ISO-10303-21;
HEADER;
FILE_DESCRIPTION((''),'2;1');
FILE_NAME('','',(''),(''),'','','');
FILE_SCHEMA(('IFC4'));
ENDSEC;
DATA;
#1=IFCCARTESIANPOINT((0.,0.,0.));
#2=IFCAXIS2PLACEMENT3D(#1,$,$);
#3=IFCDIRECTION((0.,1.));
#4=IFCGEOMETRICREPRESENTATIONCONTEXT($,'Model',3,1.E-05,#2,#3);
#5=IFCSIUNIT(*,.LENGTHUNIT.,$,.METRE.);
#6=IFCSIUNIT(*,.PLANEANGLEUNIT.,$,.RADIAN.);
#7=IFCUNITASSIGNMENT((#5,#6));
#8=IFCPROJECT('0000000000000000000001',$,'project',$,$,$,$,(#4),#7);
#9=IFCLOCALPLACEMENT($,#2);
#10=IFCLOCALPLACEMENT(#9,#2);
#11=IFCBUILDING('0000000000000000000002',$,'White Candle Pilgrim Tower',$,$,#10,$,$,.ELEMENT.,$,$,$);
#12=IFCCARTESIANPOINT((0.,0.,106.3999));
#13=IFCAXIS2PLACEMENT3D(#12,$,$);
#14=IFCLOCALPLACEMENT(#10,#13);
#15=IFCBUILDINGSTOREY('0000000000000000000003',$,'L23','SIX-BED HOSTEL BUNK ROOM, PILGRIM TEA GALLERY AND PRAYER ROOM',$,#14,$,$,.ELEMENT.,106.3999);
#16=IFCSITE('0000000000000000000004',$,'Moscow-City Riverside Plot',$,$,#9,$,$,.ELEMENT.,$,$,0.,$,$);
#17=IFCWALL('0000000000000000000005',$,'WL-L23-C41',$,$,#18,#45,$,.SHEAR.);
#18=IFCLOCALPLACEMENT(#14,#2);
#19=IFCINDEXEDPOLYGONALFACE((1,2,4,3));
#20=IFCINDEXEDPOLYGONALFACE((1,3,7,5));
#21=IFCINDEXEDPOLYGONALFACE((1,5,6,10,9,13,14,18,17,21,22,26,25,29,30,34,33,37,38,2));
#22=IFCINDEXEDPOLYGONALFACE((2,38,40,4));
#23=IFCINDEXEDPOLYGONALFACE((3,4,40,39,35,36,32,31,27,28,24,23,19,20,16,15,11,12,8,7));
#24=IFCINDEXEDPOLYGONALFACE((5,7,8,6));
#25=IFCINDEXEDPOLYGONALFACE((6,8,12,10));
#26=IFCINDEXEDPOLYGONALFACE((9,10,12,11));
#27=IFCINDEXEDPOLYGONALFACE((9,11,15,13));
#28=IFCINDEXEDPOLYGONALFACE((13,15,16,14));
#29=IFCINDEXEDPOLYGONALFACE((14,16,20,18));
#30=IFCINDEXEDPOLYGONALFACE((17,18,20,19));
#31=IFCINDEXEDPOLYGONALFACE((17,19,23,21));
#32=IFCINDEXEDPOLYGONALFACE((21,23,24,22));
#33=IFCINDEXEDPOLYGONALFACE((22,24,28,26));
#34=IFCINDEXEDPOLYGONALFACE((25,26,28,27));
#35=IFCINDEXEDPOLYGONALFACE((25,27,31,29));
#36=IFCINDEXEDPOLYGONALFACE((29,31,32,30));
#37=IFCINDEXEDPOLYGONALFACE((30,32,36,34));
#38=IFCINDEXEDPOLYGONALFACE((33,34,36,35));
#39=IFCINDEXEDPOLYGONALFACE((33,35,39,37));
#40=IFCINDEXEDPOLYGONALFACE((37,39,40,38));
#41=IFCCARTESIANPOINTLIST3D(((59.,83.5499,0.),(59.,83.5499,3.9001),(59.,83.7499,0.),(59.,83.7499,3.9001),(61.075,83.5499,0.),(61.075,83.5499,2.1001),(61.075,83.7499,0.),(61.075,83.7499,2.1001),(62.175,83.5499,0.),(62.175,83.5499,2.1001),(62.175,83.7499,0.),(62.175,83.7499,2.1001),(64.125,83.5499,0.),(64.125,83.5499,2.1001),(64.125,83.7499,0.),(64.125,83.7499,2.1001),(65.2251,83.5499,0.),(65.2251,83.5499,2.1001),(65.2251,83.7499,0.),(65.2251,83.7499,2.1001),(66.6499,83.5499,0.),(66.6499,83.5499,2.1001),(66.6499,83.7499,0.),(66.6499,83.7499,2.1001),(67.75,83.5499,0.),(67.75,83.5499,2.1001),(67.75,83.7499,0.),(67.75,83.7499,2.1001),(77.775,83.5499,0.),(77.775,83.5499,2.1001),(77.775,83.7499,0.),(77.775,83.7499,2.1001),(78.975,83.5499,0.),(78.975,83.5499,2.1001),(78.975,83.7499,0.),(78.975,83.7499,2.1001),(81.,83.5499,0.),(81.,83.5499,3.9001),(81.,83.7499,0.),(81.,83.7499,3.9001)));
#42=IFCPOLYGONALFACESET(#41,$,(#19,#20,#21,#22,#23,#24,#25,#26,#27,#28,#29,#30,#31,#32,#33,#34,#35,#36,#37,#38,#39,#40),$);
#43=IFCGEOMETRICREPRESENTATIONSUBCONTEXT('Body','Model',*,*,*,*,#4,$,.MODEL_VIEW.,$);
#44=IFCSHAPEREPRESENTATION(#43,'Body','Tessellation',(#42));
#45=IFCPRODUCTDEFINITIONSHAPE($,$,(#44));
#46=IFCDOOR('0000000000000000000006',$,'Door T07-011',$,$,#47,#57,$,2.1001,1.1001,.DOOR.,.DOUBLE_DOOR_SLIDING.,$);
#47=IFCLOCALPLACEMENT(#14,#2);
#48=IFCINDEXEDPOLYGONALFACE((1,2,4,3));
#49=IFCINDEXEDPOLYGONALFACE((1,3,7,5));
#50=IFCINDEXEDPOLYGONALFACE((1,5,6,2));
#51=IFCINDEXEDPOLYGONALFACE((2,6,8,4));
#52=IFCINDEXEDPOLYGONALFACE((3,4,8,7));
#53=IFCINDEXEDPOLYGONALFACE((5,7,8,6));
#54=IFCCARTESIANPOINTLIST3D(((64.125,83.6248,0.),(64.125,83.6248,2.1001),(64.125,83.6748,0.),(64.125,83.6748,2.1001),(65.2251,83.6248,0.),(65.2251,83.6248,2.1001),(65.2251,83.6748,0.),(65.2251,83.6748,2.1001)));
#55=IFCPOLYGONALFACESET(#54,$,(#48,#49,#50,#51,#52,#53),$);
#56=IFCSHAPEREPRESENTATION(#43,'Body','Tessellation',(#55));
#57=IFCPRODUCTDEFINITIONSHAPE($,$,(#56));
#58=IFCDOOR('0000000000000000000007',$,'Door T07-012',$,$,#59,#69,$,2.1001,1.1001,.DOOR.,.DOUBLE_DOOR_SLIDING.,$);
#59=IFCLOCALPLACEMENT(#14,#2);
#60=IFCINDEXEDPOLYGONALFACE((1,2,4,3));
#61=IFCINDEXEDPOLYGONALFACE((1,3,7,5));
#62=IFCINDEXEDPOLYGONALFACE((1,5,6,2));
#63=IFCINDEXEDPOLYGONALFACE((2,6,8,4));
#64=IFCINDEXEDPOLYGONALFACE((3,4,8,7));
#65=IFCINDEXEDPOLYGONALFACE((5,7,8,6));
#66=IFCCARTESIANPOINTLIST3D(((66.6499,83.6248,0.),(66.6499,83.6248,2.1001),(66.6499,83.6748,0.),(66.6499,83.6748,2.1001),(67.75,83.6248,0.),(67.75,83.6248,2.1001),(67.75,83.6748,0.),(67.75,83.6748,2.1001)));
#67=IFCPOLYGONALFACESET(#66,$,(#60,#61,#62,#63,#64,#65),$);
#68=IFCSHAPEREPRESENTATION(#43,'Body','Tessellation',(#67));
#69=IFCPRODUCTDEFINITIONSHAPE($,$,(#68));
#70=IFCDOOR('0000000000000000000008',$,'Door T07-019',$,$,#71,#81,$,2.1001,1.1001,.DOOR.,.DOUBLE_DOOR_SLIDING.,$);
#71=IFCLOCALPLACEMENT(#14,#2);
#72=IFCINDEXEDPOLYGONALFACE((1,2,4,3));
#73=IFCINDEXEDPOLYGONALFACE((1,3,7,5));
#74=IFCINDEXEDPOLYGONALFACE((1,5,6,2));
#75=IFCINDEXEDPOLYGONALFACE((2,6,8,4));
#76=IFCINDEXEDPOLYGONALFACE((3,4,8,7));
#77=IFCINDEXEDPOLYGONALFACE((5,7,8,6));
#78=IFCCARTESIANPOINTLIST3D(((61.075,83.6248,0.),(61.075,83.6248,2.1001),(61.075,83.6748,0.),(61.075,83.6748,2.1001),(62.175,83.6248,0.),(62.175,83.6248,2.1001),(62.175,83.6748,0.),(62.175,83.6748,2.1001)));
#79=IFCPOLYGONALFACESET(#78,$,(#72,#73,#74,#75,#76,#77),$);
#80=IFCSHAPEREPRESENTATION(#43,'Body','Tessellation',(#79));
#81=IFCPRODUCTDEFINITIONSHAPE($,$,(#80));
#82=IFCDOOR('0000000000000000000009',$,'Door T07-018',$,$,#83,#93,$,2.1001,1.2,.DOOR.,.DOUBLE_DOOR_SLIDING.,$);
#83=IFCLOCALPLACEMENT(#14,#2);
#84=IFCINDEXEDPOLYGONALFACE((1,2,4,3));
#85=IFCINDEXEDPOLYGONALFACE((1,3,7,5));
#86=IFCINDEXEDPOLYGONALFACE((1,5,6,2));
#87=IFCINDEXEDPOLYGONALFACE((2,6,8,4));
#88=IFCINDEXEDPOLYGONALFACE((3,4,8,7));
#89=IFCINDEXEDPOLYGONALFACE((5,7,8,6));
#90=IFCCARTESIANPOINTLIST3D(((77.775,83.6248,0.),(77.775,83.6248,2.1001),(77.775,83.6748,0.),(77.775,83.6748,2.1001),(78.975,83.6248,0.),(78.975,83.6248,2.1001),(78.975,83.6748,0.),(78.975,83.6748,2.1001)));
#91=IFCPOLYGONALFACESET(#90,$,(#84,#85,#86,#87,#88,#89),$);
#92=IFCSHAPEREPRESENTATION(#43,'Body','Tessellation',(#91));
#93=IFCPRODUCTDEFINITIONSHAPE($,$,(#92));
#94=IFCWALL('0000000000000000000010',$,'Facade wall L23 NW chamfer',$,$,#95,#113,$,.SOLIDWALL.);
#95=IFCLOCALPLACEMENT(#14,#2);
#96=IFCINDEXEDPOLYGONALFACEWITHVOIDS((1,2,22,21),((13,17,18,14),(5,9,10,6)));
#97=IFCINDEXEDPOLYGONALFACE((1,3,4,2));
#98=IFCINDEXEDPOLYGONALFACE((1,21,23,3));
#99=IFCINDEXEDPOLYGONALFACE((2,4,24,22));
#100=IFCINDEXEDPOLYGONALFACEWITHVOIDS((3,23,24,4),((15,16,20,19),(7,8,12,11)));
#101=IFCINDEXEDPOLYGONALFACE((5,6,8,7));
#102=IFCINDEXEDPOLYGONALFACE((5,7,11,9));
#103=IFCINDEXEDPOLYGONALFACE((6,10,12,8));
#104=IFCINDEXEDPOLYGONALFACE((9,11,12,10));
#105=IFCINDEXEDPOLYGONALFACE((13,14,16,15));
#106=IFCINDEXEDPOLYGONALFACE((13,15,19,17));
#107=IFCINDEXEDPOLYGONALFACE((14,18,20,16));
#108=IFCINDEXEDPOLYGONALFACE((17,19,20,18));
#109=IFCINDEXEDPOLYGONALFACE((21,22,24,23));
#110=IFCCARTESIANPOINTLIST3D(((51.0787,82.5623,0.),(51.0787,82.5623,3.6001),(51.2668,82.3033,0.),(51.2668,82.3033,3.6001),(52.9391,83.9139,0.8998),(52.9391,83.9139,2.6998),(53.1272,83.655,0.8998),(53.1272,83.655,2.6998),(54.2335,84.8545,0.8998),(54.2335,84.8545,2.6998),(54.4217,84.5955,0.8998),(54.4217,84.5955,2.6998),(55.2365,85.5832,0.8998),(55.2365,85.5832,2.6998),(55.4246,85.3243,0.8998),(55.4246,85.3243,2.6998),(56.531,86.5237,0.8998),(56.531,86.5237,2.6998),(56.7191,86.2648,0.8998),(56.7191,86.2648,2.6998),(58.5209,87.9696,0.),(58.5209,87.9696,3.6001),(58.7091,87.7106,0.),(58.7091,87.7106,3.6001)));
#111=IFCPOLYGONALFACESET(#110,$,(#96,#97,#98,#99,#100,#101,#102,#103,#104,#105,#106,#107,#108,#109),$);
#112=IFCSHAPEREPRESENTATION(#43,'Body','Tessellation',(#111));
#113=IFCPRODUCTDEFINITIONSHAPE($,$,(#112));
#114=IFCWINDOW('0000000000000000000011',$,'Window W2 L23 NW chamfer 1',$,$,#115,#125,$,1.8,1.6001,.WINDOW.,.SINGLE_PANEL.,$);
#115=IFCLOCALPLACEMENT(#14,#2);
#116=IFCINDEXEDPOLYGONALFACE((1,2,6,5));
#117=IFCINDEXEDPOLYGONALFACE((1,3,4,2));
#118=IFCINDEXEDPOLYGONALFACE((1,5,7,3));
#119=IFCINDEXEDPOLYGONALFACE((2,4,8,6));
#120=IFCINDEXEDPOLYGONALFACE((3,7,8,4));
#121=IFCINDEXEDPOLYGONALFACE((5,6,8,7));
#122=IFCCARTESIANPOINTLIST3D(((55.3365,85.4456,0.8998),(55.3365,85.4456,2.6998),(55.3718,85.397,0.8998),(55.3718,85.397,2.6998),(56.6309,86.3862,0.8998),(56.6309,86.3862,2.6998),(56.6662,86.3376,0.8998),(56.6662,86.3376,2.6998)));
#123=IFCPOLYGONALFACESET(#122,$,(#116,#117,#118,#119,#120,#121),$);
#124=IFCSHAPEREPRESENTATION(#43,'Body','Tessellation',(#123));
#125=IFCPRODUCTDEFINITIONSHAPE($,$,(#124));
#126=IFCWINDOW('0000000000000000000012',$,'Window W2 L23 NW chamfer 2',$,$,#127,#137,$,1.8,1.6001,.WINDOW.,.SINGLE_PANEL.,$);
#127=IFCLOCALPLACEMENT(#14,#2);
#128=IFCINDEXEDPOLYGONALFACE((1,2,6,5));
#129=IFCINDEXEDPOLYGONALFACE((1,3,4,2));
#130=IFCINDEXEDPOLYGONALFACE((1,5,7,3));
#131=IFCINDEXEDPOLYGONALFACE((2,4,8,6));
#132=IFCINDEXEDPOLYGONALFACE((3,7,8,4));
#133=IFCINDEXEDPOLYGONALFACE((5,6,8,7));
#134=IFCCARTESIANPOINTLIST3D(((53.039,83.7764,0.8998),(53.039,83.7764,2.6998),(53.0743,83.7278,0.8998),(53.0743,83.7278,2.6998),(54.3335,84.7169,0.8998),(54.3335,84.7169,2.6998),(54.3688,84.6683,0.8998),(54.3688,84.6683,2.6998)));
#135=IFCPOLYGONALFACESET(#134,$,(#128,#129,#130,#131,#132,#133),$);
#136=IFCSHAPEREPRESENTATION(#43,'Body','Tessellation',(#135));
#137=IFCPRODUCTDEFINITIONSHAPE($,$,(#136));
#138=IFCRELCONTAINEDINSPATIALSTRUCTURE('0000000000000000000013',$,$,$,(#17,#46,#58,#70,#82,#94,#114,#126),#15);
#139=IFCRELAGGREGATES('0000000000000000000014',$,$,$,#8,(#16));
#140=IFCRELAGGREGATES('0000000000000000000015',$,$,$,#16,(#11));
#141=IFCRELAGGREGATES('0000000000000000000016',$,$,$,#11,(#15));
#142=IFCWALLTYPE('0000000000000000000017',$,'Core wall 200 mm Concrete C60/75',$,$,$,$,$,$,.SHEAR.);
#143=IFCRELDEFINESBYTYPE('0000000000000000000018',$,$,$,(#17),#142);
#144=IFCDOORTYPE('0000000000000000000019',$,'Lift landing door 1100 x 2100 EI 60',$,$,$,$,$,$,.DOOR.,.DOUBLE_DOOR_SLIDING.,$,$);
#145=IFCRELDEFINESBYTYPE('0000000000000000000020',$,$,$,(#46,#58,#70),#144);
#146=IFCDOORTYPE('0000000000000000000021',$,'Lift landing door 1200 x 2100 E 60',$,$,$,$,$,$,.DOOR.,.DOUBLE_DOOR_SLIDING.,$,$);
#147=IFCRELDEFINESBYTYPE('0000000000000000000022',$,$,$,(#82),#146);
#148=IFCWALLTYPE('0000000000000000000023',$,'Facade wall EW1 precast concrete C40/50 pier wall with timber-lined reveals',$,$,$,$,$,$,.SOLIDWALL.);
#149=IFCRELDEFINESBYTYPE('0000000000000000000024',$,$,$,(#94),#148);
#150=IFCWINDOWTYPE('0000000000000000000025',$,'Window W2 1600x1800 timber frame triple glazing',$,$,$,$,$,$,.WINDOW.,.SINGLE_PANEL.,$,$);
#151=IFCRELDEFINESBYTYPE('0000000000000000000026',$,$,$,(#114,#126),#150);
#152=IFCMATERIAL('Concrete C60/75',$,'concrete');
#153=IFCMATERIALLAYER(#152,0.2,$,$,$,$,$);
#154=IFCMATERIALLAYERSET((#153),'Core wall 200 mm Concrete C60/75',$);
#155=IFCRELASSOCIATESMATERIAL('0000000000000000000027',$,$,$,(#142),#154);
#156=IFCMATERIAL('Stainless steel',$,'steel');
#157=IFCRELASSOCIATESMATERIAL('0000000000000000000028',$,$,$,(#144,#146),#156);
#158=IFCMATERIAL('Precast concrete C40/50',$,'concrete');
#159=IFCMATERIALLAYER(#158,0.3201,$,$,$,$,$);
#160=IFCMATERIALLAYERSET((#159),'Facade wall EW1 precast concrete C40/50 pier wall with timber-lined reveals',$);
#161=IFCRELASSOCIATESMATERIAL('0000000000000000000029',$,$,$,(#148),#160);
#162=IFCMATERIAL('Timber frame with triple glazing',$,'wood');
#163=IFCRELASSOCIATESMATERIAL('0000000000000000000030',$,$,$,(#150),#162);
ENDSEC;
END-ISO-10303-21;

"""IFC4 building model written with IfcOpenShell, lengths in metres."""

from ifc_helpers import new_model, si_unit, direction, frame, frame_2d, origin, place, context, subcontext, project, spatial, rectangle, extrude, material, layer, layer_set, type_object, element, fill, save


model = new_model("IFC4")

# Units and contexts
model_context = context("Model", 3, precision=1e-05, world=origin(), true_north=direction((0.0, 1.0)))
body_context = subcontext(model_context, "Body", "Model", "MODEL_VIEW")
ifc_project = project(units=[si_unit("LENGTHUNIT", "METRE"), si_unit("PLANEANGLEUNIT", "RADIAN")], contexts=[model_context])

# Site, building, storey
site_placement = place(None, origin())
site = spatial("IfcSite", under=ifc_project, at=site_placement, Name="Moscow-City Riverside Plot", CompositionType="ELEMENT", RefElevation=0.0)
building_placement = place(site_placement, origin())
building = spatial("IfcBuilding", under=site, at=building_placement, Name="White Candle Pilgrim Tower", CompositionType="ELEMENT")
storey_placement = place(building_placement, frame((0.0, 0.0, 106.3999)))
storey = spatial("IfcBuildingStorey", under=building, at=storey_placement, Name="L23", Description="SIX-BED HOSTEL BUNK ROOM, PILGRIM TEA GALLERY AND PRAYER ROOM", CompositionType="ELEMENT", Elevation=106.3999)

# Shared definitions
ifc_material_1 = material(Name="Concrete C60/75", Category="concrete")
ifc_layer_1 = layer(ifc_material_1, 0.2)
ifc_layer_set_1 = layer_set([ifc_layer_1], Name="Core wall 200 mm Concrete C60/75")
wall_type_1 = type_object("IfcWallType", Name="Core wall 200 mm Concrete C60/75", PredefinedType="SHEAR", material=ifc_layer_set_1)

# Wall, openings, doors
wall_1_placement = place(storey_placement, frame((59.0, 83.6499, 0.0), z_axis=(0.0, 0.0, 1.0), x_axis=(1.0, 0.0, 0.0)))
wall_1 = element("IfcWall", 1, at=wall_1_placement, inside=storey, type_object=wall_type_1, Name="WL-L23-C41", PredefinedType="SHEAR", context=body_context, shape_type="SweptSolid", body=[
    extrude(rectangle(XDim=22.0, YDim=0.2, at=frame_2d((11.0, 0.0))), origin(), (0.0, 0.0, 1.0), 3.9001),
])
opening_1_placement = place(wall_1_placement, frame((5.125, 0.0, 0.0)))
opening_1 = element("IfcOpeningElement", 2, at=opening_1_placement, cuts=wall_1, PredefinedType="OPENING", context=body_context, shape_type="SweptSolid", body=[
    extrude(rectangle(XDim=1.1001, YDim=2.1001, at=frame_2d((0.55, 1.05))), frame((0.0, 0.1099, 0.0), z_axis=(0.0, -1.0, 0.0), x_axis=(1.0, 0.0, 0.0)), (0.0, 0.0, 1.0), 0.22),
])
opening_2_placement = place(wall_1_placement, frame((7.6499, 0.0, 0.0)))
opening_2 = element("IfcOpeningElement", 3, at=opening_2_placement, cuts=wall_1, PredefinedType="OPENING", context=body_context, shape_type="SweptSolid", body=[
    extrude(rectangle(XDim=1.1001, YDim=2.1001, at=frame_2d((0.55, 1.05))), frame((0.0, 0.1099, 0.0), z_axis=(0.0, -1.0, 0.0), x_axis=(1.0, 0.0, 0.0)), (0.0, 0.0, 1.0), 0.22),
])
opening_3_placement = place(wall_1_placement, frame((18.7749, 0.0, 0.0)))
opening_3 = element("IfcOpeningElement", 4, at=opening_3_placement, cuts=wall_1, PredefinedType="OPENING", context=body_context, shape_type="SweptSolid", body=[
    extrude(rectangle(XDim=1.2, YDim=2.1001, at=frame_2d((0.6001, 1.05))), frame((0.0, 0.1099, 0.0), z_axis=(0.0, -1.0, 0.0), x_axis=(1.0, 0.0, 0.0)), (0.0, 0.0, 1.0), 0.22),
])
opening_4_placement = place(wall_1_placement, frame((2.075, 0.0, 0.0)))
opening_4 = element("IfcOpeningElement", 5, at=opening_4_placement, cuts=wall_1, PredefinedType="OPENING", context=body_context, shape_type="SweptSolid", body=[
    extrude(rectangle(XDim=1.1001, YDim=2.1001, at=frame_2d((0.55, 1.05))), frame((0.0, 0.1099, 0.0), z_axis=(0.0, -1.0, 0.0), x_axis=(1.0, 0.0, 0.0)), (0.0, 0.0, 1.0), 0.22),
])
ifc_material_2 = material(Name="Stainless steel", Category="steel")
door_type_1 = type_object("IfcDoorType", Name="Lift landing door 1100 x 2100 EI 60", OperationType="DOUBLE_DOOR_SLIDING", PredefinedType="DOOR", material=ifc_material_2)
door_1_placement = place(opening_1_placement, origin())
door_1 = element("IfcDoor", 6, at=door_1_placement, inside=storey, type_object=door_type_1, Name="Door T07-011", OperationType="DOUBLE_DOOR_SLIDING", OverallHeight=2.1001, OverallWidth=1.1001, PredefinedType="DOOR", context=body_context, shape_type="SweptSolid", body=[
    extrude(rectangle(XDim=1.1001, YDim=2.1001, at=frame_2d((0.55, 1.05))), frame((0.0, 0.0249, 0.0), z_axis=(0.0, -1.0, 0.0), x_axis=(1.0, 0.0, 0.0)), (0.0, 0.0, 1.0), 0.05),
])
fill(opening_1, door_1)
door_2_placement = place(opening_2_placement, origin())
door_2 = element("IfcDoor", 7, at=door_2_placement, inside=storey, type_object=door_type_1, Name="Door T07-012", OperationType="DOUBLE_DOOR_SLIDING", OverallHeight=2.1001, OverallWidth=1.1001, PredefinedType="DOOR", context=body_context, shape_type="SweptSolid", body=[
    extrude(rectangle(XDim=1.1001, YDim=2.1001, at=frame_2d((0.55, 1.05))), frame((0.0, 0.0249, 0.0), z_axis=(0.0, -1.0, 0.0), x_axis=(1.0, 0.0, 0.0)), (0.0, 0.0, 1.0), 0.05),
])
fill(opening_2, door_2)
door_3_placement = place(opening_4_placement, origin())
door_3 = element("IfcDoor", 8, at=door_3_placement, inside=storey, type_object=door_type_1, Name="Door T07-019", OperationType="DOUBLE_DOOR_SLIDING", OverallHeight=2.1001, OverallWidth=1.1001, PredefinedType="DOOR", context=body_context, shape_type="SweptSolid", body=[
    extrude(rectangle(XDim=1.1001, YDim=2.1001, at=frame_2d((0.55, 1.05))), frame((0.0, 0.0249, 0.0), z_axis=(0.0, -1.0, 0.0), x_axis=(1.0, 0.0, 0.0)), (0.0, 0.0, 1.0), 0.05),
])
fill(opening_4, door_3)
door_type_2 = type_object("IfcDoorType", Name="Lift landing door 1200 x 2100 E 60", OperationType="DOUBLE_DOOR_SLIDING", PredefinedType="DOOR", material=ifc_material_2)
door_4_placement = place(opening_3_placement, origin())
door_4 = element("IfcDoor", 9, at=door_4_placement, inside=storey, type_object=door_type_2, Name="Door T07-018", OperationType="DOUBLE_DOOR_SLIDING", OverallHeight=2.1001, OverallWidth=1.2, PredefinedType="DOOR", context=body_context, shape_type="SweptSolid", body=[
    extrude(rectangle(XDim=1.2, YDim=2.1001, at=frame_2d((0.6001, 1.05))), frame((0.0, 0.0249, 0.0), z_axis=(0.0, -1.0, 0.0), x_axis=(1.0, 0.0, 0.0)), (0.0, 0.0, 1.0), 0.05),
])
fill(opening_3, door_4)

# Wall, openings, windows
ifc_material_3 = material(Name="Precast concrete C40/50", Category="concrete")
ifc_layer_2 = layer(ifc_material_3, 0.3201)
ifc_layer_set_2 = layer_set([ifc_layer_2], Name="Facade wall EW1 precast concrete C40/50 pier wall with timber-lined reveals")
wall_type_2 = type_object("IfcWallType", Name="Facade wall EW1 precast concrete C40/50 pier wall with timber-lined reveals", PredefinedType="SOLIDWALL", material=ifc_layer_set_2)
wall_2_placement = place(storey_placement, frame((58.615, 87.8401, 0.0), z_axis=(0.0, 0.0, 1.0), x_axis=(-0.809007, -0.587799, 0.0)))
wall_2 = element("IfcWall", 10, at=wall_2_placement, inside=storey, type_object=wall_type_2, Name="Facade wall L23 NW chamfer", PredefinedType="SOLIDWALL", context=body_context, shape_type="SweptSolid", body=[
    extrude(rectangle(XDim=9.1992, YDim=0.3201, at=frame_2d((4.5996, 0.0))), origin(), (0.0, 0.0, 1.0), 3.6001),
])
opening_5_placement = place(wall_2_placement, frame((2.4597, 0.0, 0.8999)))
opening_5 = element("IfcOpeningElement", 11, at=opening_5_placement, cuts=wall_2, PredefinedType="OPENING", context=body_context, shape_type="SweptSolid", body=[
    extrude(rectangle(XDim=1.6001, YDim=1.8, at=frame_2d((0.8, 0.8999))), frame((0.0, 0.1699, 0.0), z_axis=(0.0, -1.0, 0.0), x_axis=(1.0, 0.0, 0.0)), (0.0, 0.0, 1.0), 0.3401),
])
opening_6_placement = place(wall_2_placement, frame((5.2996, 0.0, 0.8999)))
opening_6 = element("IfcOpeningElement", 12, at=opening_6_placement, cuts=wall_2, PredefinedType="OPENING", context=body_context, shape_type="SweptSolid", body=[
    extrude(rectangle(XDim=1.6001, YDim=1.8, at=frame_2d((0.8, 0.8999))), frame((0.0, 0.1699, 0.0), z_axis=(0.0, -1.0, 0.0), x_axis=(1.0, 0.0, 0.0)), (0.0, 0.0, 1.0), 0.3401),
])
ifc_material_4 = material(Name="Timber frame with triple glazing", Category="wood")
window_type_1 = type_object("IfcWindowType", Name="Window W2 1600x1800 timber frame triple glazing", PartitioningType="SINGLE_PANEL", PredefinedType="WINDOW", material=ifc_material_4)
window_1_placement = place(opening_5_placement, origin())
window_1 = element("IfcWindow", 13, at=window_1_placement, inside=storey, type_object=window_type_1, Name="Window W2 L23 NW chamfer 1", OverallHeight=1.8, OverallWidth=1.6001, PartitioningType="SINGLE_PANEL", PredefinedType="WINDOW", context=body_context, shape_type="SweptSolid", body=[
    extrude(rectangle(XDim=1.6001, YDim=1.8, at=frame_2d((0.8, 0.8999))), frame((0.0, 0.0701, 0.0), z_axis=(0.0, -1.0, 0.0), x_axis=(1.0, 0.0, 0.0)), (0.0, 0.0, 1.0), 0.0601),
])
fill(opening_5, window_1)
window_2_placement = place(opening_6_placement, origin())
window_2 = element("IfcWindow", 14, at=window_2_placement, inside=storey, type_object=window_type_1, Name="Window W2 L23 NW chamfer 2", OverallHeight=1.8, OverallWidth=1.6001, PartitioningType="SINGLE_PANEL", PredefinedType="WINDOW", context=body_context, shape_type="SweptSolid", body=[
    extrude(rectangle(XDim=1.6001, YDim=1.8, at=frame_2d((0.8, 0.8999))), frame((0.0, 0.0701, 0.0), z_axis=(0.0, -1.0, 0.0), x_axis=(1.0, 0.0, 0.0)), (0.0, 0.0, 1.0), 0.0601),
])
fill(opening_6, window_2)

save(model, "model.ifc")
